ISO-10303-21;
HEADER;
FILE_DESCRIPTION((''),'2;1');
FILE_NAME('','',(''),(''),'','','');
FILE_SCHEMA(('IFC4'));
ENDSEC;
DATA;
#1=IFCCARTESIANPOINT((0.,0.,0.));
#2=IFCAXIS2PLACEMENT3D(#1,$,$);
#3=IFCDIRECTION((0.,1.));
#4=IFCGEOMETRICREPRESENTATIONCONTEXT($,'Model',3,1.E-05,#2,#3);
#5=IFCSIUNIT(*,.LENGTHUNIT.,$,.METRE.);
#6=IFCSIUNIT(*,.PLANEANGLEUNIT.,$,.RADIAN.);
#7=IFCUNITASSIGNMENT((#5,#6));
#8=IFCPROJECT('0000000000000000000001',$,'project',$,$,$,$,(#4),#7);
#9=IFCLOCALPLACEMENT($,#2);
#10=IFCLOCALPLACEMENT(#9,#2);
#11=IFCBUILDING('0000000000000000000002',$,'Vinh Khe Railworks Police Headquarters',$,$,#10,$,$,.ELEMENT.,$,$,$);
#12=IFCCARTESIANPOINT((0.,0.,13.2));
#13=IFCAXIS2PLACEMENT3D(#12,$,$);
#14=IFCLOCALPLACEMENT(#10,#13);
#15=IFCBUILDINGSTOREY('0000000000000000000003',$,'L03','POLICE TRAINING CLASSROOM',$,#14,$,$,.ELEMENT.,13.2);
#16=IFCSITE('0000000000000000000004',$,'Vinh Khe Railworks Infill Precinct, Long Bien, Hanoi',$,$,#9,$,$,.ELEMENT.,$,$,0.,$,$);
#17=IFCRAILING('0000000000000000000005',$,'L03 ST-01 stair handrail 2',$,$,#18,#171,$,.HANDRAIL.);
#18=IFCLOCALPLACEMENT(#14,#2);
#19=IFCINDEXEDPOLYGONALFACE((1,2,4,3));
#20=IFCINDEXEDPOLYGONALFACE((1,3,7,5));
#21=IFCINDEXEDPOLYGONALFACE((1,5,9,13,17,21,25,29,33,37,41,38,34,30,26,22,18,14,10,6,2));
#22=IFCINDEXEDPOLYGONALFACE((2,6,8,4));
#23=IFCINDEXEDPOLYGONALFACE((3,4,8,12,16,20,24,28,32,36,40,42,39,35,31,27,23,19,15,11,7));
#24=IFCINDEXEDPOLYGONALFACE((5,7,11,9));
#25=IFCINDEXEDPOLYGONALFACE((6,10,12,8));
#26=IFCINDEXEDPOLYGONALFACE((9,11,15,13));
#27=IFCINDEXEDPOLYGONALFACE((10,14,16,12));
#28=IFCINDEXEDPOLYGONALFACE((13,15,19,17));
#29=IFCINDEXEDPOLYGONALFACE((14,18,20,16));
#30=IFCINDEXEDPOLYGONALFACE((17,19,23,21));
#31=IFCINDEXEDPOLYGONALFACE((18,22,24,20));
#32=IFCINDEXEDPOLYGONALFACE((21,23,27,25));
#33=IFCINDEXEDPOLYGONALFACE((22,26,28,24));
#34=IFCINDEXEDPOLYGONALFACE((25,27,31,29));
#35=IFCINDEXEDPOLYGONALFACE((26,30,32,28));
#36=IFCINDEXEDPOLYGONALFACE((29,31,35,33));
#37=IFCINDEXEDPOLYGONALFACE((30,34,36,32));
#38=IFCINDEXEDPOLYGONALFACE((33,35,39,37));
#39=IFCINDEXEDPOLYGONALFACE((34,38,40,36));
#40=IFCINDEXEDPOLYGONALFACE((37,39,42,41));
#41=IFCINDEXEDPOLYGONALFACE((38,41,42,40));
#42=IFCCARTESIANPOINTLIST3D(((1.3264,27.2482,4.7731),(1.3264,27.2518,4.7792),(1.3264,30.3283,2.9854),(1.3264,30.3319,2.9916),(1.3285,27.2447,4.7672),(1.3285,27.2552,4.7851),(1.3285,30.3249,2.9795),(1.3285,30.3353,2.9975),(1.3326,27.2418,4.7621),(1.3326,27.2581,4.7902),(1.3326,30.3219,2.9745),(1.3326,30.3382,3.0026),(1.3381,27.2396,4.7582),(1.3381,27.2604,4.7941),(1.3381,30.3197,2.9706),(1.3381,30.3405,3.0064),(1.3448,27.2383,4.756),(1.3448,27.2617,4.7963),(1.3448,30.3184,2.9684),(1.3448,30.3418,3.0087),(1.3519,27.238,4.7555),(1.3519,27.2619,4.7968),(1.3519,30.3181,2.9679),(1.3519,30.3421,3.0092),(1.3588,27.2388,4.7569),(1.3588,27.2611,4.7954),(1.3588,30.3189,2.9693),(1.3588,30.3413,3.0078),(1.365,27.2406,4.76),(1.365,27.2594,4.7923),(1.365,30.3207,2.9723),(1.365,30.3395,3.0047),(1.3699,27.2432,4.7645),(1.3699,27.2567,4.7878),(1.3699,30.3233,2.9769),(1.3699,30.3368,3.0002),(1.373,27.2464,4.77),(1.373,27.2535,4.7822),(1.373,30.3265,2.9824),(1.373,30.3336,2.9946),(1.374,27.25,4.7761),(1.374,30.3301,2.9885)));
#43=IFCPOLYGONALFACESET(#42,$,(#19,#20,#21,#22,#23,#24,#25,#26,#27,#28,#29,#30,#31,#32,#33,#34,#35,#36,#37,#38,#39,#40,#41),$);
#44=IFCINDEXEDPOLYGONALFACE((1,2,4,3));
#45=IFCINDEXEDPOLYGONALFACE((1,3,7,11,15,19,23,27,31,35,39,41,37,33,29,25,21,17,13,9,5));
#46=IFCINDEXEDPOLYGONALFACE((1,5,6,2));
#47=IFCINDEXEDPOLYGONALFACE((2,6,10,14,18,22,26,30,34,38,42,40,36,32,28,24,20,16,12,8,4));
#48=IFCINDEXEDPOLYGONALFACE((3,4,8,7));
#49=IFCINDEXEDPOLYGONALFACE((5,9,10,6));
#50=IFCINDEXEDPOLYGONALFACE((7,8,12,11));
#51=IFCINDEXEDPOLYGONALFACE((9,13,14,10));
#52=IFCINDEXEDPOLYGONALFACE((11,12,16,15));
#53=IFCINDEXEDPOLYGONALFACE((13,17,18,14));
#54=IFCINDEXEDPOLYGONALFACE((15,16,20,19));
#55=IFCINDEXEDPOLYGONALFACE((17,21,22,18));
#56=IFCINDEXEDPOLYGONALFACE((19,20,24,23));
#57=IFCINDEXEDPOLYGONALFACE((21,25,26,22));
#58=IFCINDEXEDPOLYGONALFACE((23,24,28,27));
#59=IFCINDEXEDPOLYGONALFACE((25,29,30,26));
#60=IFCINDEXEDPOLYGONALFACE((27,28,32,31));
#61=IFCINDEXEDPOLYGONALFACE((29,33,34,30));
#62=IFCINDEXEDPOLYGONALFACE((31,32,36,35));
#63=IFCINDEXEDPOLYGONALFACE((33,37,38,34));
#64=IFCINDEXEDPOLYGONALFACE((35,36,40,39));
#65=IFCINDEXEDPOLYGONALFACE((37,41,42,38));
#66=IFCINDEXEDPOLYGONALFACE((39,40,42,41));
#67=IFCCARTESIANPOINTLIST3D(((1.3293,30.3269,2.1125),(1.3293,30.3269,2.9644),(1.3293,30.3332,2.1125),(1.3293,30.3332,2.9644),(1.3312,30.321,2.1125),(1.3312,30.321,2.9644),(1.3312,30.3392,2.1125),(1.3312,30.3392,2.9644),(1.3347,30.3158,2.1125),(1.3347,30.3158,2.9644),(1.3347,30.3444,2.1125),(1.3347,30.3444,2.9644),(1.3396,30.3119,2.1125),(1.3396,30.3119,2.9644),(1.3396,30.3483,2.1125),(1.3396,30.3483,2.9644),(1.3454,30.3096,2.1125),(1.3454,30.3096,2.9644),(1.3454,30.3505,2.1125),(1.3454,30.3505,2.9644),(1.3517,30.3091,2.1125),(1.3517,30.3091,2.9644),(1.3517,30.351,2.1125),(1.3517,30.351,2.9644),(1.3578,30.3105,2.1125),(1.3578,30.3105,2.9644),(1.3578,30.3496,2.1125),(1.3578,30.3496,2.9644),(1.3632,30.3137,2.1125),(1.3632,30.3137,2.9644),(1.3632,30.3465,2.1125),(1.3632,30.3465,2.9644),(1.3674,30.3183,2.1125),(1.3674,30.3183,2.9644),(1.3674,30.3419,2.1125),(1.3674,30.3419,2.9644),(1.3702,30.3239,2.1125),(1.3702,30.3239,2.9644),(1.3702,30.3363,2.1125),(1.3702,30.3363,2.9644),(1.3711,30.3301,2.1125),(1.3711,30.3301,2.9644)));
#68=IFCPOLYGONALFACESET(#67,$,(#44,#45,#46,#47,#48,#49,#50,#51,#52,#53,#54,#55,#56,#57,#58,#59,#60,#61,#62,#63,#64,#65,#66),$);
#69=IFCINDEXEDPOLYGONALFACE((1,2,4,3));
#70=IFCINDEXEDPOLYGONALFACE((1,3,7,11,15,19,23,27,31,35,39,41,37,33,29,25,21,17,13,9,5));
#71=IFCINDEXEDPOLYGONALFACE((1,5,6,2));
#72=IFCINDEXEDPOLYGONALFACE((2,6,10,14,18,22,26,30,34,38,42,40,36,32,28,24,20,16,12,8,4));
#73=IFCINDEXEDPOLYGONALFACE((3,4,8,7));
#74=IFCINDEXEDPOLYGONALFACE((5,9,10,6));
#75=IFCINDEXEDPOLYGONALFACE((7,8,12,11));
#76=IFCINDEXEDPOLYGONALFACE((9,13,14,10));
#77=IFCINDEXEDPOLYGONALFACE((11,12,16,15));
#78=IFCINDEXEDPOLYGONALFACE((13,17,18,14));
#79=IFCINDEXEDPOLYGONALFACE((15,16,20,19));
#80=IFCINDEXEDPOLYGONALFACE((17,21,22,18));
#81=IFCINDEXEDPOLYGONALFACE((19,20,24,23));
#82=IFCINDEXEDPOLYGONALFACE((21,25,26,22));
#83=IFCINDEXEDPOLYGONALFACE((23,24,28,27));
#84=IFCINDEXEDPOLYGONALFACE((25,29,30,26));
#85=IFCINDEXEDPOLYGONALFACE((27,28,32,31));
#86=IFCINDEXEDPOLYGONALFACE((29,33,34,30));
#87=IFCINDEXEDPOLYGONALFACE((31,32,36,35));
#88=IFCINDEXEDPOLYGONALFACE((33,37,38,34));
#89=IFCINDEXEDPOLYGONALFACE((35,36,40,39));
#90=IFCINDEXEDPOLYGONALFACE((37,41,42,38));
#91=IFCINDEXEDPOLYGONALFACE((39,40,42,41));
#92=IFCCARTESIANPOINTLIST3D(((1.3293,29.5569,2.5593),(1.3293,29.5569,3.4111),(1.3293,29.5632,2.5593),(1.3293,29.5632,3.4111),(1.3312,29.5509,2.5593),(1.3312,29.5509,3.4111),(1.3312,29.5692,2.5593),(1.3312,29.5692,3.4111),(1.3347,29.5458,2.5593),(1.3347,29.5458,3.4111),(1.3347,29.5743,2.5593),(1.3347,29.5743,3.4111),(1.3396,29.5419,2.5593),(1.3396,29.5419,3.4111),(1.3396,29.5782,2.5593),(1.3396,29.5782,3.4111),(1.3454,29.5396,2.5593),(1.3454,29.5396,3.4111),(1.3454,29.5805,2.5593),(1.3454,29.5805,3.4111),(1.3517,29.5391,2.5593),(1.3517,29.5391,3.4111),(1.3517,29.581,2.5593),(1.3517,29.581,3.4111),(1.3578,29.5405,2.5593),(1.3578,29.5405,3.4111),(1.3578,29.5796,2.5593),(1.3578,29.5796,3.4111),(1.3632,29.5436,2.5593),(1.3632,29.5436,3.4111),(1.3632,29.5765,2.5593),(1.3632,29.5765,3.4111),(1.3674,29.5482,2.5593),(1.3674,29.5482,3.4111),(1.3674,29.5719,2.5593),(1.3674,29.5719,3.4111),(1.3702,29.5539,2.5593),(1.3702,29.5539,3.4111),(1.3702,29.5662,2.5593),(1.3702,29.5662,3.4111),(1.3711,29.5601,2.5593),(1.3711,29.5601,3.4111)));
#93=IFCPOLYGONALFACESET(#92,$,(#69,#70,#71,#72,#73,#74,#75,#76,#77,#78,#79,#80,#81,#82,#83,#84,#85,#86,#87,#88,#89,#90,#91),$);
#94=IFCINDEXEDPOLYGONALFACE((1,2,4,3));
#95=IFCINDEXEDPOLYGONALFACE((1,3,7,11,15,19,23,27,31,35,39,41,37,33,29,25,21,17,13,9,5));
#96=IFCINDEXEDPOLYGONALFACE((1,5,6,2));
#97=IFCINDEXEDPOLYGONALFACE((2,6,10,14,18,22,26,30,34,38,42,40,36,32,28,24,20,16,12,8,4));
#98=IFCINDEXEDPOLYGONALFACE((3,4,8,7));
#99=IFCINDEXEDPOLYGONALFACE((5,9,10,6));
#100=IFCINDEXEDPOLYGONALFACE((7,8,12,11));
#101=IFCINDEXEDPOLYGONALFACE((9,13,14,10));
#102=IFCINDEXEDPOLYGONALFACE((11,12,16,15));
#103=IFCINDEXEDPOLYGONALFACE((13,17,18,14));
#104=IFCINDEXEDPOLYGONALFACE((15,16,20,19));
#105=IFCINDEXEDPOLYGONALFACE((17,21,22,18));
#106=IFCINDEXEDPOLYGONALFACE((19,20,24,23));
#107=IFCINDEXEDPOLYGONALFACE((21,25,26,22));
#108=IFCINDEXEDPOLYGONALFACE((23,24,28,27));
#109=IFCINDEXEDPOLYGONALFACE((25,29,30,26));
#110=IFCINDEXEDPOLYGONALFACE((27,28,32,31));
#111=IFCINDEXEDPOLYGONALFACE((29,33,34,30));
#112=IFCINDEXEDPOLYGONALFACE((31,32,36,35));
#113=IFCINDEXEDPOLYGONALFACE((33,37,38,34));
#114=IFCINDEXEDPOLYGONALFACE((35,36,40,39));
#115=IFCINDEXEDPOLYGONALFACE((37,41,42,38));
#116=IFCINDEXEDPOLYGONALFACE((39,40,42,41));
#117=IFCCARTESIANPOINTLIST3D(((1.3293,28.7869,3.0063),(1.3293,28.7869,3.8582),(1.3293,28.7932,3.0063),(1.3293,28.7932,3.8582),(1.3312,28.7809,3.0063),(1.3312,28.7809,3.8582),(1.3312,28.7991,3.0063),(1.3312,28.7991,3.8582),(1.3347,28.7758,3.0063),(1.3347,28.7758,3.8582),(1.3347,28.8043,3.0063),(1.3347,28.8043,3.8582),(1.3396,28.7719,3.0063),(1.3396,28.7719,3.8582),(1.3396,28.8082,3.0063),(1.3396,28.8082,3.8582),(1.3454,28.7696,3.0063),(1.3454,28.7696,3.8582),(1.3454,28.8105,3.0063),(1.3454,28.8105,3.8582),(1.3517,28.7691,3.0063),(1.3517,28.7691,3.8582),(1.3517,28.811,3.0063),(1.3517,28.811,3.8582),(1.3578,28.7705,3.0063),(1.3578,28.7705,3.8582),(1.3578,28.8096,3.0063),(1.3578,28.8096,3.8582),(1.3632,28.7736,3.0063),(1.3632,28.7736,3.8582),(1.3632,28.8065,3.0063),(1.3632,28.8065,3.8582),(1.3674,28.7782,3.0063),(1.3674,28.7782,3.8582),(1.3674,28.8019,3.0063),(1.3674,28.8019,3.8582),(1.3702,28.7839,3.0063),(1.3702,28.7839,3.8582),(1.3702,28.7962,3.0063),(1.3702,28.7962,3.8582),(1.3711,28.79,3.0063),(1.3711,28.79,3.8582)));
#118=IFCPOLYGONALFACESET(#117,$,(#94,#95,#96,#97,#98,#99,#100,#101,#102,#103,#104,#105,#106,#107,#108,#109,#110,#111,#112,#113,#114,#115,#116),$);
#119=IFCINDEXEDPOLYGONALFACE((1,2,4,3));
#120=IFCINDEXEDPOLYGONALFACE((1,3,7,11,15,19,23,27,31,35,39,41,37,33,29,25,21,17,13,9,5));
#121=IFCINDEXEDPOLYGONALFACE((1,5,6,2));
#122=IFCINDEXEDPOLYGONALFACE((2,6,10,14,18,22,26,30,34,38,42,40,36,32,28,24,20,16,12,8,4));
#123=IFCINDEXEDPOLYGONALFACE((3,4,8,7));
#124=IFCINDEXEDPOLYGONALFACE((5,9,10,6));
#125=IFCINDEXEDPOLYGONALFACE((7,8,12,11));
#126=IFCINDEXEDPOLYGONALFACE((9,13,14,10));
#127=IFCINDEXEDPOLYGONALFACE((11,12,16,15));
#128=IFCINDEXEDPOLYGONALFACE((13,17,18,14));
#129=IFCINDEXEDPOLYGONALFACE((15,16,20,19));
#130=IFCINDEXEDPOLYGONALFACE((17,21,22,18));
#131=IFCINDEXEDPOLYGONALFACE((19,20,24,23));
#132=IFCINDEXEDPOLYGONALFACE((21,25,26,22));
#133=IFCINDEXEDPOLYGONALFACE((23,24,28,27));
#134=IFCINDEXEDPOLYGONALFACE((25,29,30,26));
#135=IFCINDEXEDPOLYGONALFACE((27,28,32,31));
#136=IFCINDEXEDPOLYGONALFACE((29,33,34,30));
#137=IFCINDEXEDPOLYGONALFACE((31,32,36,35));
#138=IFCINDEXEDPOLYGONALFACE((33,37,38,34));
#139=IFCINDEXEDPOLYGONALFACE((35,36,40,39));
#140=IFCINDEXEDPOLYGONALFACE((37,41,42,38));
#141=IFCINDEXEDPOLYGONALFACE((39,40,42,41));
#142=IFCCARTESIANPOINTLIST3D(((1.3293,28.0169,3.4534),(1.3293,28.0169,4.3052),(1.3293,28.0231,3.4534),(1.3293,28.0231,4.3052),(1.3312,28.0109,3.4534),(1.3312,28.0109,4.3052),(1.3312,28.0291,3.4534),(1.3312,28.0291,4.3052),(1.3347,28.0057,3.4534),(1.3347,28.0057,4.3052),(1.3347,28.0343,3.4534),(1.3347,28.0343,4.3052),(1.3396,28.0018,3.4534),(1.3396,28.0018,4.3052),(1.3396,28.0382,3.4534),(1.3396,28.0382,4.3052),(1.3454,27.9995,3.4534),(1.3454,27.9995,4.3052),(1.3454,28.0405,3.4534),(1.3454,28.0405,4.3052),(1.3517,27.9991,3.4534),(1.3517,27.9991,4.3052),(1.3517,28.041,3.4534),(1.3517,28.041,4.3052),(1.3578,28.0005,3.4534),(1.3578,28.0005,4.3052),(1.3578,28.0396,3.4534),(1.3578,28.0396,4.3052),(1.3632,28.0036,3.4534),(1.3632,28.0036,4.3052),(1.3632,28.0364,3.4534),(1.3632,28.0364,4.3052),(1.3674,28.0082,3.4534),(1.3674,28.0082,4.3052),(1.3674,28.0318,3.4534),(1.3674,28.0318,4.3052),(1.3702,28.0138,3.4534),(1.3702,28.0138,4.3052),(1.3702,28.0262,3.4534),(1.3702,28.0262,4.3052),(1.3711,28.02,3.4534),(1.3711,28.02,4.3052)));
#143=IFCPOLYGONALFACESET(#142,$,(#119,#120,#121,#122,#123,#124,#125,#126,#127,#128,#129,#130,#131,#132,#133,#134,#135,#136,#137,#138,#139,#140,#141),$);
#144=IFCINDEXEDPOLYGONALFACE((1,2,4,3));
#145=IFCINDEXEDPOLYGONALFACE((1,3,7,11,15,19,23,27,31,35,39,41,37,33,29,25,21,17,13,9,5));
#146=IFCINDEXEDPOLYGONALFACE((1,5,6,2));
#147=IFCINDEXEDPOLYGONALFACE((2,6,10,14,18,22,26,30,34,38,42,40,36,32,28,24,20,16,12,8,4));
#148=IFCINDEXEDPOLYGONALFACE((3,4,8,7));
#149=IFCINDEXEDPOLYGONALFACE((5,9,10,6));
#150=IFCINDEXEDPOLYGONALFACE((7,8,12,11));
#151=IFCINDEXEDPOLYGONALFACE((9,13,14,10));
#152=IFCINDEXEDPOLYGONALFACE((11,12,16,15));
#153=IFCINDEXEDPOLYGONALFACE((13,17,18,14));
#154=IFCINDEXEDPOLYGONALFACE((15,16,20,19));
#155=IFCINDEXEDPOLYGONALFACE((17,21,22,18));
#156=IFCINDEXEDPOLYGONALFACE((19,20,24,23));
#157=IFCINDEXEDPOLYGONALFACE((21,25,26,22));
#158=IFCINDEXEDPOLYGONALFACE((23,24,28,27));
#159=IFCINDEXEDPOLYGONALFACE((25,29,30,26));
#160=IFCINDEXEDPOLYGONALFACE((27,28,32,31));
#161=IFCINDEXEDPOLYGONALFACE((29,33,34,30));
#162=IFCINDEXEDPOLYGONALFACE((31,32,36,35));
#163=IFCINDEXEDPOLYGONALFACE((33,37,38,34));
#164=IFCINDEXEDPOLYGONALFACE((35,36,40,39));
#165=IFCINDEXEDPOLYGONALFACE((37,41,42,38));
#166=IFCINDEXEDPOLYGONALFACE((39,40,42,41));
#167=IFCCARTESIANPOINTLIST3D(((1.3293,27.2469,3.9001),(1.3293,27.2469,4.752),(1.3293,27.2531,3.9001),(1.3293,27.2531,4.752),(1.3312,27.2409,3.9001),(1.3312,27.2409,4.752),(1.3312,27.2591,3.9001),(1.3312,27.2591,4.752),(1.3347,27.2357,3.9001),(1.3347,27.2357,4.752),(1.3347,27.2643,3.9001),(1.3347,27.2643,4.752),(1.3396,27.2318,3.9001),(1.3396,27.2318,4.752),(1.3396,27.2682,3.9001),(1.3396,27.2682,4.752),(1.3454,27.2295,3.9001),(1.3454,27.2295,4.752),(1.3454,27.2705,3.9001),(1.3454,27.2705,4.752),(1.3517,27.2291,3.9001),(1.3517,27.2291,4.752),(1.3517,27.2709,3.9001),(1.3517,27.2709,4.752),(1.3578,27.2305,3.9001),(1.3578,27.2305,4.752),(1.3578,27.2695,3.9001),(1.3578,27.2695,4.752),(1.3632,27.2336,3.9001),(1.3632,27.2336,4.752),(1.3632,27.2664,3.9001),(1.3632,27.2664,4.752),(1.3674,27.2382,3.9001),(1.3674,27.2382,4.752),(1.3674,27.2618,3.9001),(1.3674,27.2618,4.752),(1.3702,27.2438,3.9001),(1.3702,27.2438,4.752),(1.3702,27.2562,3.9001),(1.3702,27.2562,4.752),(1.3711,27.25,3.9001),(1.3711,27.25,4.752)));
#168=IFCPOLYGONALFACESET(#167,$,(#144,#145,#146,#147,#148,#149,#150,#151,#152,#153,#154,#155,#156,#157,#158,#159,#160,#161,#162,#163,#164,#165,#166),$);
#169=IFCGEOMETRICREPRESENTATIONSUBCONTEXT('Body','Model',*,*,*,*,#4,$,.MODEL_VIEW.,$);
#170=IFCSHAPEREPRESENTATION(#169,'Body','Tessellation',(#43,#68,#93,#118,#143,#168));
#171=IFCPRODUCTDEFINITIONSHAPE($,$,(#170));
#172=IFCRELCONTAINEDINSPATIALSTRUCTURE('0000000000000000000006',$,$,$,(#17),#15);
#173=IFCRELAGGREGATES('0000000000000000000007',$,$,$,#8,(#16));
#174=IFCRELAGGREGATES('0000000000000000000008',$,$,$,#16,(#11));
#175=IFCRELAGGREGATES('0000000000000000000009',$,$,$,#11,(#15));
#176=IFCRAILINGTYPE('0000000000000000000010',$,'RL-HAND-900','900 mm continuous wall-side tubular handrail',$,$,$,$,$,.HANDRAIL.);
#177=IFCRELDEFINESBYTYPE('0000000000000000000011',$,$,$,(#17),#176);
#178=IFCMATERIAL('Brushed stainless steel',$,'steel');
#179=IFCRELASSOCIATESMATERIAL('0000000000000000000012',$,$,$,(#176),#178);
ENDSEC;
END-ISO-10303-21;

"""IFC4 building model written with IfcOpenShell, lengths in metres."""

from ifc_helpers import new_model, si_unit, direction, frame, origin, origin_2d, place, context, subcontext, project, spatial, circle, extrude, material, type_object, element, save


model = new_model("IFC4")

# Units and contexts
model_context = context("Model", 3, precision=1e-05, world=origin(), true_north=direction((0.0, 1.0)))
body_context = subcontext(model_context, "Body", "Model", "MODEL_VIEW")
ifc_project = project(units=[si_unit("LENGTHUNIT", "METRE"), si_unit("PLANEANGLEUNIT", "RADIAN")], contexts=[model_context])

# Site, building, storey
site_placement = place(None, origin())
site = spatial("IfcSite", under=ifc_project, at=site_placement, Name="Vinh Khe Railworks Infill Precinct, Long Bien, Hanoi", CompositionType="ELEMENT", RefElevation=0.0)
building_placement = place(site_placement, origin())
building = spatial("IfcBuilding", under=site, at=building_placement, Name="Vinh Khe Railworks Police Headquarters", CompositionType="ELEMENT")
storey_placement = place(building_placement, frame((0.0, 0.0, 13.2)))
storey = spatial("IfcBuildingStorey", under=building, at=storey_placement, Name="L03", Description="POLICE TRAINING CLASSROOM", CompositionType="ELEMENT", Elevation=13.2)

# Railing
ifc_material_1 = material(Name="Brushed stainless steel", Category="steel")
railing_type_1 = type_object("IfcRailingType", Name="RL-HAND-900", Description="900 mm continuous wall-side tubular handrail", PredefinedType="HANDRAIL", material=ifc_material_1)
railing_1_placement = place(storey_placement, frame((1.3501, 30.3301, 2.1125)))
element("IfcRailing", 1, at=railing_1_placement, inside=storey, type_object=railing_type_1, Name="L03 ST-01 stair handrail 2", PredefinedType="HANDRAIL", context=body_context, shape_type="SweptSolid", body=[
    extrude(circle(Radius=0.0239, at=origin_2d()), frame((0.0, 0.0, 0.876), z_axis=(0.0, -0.864891, 0.50196), x_axis=(1.0, 0.0, 0.0)), (0.0, 0.0, 1.0), 3.5613),
    extrude(circle(Radius=0.021, at=origin_2d()), origin(), (0.0, 0.0, 1.0), 0.8518),
    extrude(circle(Radius=0.021, at=origin_2d()), frame((0.0, -0.77, 0.4468)), (0.0, 0.0, 1.0), 0.8518),
    extrude(circle(Radius=0.021, at=origin_2d()), frame((0.0, -1.54, 0.8938)), (0.0, 0.0, 1.0), 0.8518),
    extrude(circle(Radius=0.021, at=origin_2d()), frame((0.0, -2.3101, 1.3408)), (0.0, 0.0, 1.0), 0.8518),
    extrude(circle(Radius=0.021, at=origin_2d()), frame((0.0, -3.0801, 1.7876)), (0.0, 0.0, 1.0), 0.8518),
])

save(model, "model.ifc")
